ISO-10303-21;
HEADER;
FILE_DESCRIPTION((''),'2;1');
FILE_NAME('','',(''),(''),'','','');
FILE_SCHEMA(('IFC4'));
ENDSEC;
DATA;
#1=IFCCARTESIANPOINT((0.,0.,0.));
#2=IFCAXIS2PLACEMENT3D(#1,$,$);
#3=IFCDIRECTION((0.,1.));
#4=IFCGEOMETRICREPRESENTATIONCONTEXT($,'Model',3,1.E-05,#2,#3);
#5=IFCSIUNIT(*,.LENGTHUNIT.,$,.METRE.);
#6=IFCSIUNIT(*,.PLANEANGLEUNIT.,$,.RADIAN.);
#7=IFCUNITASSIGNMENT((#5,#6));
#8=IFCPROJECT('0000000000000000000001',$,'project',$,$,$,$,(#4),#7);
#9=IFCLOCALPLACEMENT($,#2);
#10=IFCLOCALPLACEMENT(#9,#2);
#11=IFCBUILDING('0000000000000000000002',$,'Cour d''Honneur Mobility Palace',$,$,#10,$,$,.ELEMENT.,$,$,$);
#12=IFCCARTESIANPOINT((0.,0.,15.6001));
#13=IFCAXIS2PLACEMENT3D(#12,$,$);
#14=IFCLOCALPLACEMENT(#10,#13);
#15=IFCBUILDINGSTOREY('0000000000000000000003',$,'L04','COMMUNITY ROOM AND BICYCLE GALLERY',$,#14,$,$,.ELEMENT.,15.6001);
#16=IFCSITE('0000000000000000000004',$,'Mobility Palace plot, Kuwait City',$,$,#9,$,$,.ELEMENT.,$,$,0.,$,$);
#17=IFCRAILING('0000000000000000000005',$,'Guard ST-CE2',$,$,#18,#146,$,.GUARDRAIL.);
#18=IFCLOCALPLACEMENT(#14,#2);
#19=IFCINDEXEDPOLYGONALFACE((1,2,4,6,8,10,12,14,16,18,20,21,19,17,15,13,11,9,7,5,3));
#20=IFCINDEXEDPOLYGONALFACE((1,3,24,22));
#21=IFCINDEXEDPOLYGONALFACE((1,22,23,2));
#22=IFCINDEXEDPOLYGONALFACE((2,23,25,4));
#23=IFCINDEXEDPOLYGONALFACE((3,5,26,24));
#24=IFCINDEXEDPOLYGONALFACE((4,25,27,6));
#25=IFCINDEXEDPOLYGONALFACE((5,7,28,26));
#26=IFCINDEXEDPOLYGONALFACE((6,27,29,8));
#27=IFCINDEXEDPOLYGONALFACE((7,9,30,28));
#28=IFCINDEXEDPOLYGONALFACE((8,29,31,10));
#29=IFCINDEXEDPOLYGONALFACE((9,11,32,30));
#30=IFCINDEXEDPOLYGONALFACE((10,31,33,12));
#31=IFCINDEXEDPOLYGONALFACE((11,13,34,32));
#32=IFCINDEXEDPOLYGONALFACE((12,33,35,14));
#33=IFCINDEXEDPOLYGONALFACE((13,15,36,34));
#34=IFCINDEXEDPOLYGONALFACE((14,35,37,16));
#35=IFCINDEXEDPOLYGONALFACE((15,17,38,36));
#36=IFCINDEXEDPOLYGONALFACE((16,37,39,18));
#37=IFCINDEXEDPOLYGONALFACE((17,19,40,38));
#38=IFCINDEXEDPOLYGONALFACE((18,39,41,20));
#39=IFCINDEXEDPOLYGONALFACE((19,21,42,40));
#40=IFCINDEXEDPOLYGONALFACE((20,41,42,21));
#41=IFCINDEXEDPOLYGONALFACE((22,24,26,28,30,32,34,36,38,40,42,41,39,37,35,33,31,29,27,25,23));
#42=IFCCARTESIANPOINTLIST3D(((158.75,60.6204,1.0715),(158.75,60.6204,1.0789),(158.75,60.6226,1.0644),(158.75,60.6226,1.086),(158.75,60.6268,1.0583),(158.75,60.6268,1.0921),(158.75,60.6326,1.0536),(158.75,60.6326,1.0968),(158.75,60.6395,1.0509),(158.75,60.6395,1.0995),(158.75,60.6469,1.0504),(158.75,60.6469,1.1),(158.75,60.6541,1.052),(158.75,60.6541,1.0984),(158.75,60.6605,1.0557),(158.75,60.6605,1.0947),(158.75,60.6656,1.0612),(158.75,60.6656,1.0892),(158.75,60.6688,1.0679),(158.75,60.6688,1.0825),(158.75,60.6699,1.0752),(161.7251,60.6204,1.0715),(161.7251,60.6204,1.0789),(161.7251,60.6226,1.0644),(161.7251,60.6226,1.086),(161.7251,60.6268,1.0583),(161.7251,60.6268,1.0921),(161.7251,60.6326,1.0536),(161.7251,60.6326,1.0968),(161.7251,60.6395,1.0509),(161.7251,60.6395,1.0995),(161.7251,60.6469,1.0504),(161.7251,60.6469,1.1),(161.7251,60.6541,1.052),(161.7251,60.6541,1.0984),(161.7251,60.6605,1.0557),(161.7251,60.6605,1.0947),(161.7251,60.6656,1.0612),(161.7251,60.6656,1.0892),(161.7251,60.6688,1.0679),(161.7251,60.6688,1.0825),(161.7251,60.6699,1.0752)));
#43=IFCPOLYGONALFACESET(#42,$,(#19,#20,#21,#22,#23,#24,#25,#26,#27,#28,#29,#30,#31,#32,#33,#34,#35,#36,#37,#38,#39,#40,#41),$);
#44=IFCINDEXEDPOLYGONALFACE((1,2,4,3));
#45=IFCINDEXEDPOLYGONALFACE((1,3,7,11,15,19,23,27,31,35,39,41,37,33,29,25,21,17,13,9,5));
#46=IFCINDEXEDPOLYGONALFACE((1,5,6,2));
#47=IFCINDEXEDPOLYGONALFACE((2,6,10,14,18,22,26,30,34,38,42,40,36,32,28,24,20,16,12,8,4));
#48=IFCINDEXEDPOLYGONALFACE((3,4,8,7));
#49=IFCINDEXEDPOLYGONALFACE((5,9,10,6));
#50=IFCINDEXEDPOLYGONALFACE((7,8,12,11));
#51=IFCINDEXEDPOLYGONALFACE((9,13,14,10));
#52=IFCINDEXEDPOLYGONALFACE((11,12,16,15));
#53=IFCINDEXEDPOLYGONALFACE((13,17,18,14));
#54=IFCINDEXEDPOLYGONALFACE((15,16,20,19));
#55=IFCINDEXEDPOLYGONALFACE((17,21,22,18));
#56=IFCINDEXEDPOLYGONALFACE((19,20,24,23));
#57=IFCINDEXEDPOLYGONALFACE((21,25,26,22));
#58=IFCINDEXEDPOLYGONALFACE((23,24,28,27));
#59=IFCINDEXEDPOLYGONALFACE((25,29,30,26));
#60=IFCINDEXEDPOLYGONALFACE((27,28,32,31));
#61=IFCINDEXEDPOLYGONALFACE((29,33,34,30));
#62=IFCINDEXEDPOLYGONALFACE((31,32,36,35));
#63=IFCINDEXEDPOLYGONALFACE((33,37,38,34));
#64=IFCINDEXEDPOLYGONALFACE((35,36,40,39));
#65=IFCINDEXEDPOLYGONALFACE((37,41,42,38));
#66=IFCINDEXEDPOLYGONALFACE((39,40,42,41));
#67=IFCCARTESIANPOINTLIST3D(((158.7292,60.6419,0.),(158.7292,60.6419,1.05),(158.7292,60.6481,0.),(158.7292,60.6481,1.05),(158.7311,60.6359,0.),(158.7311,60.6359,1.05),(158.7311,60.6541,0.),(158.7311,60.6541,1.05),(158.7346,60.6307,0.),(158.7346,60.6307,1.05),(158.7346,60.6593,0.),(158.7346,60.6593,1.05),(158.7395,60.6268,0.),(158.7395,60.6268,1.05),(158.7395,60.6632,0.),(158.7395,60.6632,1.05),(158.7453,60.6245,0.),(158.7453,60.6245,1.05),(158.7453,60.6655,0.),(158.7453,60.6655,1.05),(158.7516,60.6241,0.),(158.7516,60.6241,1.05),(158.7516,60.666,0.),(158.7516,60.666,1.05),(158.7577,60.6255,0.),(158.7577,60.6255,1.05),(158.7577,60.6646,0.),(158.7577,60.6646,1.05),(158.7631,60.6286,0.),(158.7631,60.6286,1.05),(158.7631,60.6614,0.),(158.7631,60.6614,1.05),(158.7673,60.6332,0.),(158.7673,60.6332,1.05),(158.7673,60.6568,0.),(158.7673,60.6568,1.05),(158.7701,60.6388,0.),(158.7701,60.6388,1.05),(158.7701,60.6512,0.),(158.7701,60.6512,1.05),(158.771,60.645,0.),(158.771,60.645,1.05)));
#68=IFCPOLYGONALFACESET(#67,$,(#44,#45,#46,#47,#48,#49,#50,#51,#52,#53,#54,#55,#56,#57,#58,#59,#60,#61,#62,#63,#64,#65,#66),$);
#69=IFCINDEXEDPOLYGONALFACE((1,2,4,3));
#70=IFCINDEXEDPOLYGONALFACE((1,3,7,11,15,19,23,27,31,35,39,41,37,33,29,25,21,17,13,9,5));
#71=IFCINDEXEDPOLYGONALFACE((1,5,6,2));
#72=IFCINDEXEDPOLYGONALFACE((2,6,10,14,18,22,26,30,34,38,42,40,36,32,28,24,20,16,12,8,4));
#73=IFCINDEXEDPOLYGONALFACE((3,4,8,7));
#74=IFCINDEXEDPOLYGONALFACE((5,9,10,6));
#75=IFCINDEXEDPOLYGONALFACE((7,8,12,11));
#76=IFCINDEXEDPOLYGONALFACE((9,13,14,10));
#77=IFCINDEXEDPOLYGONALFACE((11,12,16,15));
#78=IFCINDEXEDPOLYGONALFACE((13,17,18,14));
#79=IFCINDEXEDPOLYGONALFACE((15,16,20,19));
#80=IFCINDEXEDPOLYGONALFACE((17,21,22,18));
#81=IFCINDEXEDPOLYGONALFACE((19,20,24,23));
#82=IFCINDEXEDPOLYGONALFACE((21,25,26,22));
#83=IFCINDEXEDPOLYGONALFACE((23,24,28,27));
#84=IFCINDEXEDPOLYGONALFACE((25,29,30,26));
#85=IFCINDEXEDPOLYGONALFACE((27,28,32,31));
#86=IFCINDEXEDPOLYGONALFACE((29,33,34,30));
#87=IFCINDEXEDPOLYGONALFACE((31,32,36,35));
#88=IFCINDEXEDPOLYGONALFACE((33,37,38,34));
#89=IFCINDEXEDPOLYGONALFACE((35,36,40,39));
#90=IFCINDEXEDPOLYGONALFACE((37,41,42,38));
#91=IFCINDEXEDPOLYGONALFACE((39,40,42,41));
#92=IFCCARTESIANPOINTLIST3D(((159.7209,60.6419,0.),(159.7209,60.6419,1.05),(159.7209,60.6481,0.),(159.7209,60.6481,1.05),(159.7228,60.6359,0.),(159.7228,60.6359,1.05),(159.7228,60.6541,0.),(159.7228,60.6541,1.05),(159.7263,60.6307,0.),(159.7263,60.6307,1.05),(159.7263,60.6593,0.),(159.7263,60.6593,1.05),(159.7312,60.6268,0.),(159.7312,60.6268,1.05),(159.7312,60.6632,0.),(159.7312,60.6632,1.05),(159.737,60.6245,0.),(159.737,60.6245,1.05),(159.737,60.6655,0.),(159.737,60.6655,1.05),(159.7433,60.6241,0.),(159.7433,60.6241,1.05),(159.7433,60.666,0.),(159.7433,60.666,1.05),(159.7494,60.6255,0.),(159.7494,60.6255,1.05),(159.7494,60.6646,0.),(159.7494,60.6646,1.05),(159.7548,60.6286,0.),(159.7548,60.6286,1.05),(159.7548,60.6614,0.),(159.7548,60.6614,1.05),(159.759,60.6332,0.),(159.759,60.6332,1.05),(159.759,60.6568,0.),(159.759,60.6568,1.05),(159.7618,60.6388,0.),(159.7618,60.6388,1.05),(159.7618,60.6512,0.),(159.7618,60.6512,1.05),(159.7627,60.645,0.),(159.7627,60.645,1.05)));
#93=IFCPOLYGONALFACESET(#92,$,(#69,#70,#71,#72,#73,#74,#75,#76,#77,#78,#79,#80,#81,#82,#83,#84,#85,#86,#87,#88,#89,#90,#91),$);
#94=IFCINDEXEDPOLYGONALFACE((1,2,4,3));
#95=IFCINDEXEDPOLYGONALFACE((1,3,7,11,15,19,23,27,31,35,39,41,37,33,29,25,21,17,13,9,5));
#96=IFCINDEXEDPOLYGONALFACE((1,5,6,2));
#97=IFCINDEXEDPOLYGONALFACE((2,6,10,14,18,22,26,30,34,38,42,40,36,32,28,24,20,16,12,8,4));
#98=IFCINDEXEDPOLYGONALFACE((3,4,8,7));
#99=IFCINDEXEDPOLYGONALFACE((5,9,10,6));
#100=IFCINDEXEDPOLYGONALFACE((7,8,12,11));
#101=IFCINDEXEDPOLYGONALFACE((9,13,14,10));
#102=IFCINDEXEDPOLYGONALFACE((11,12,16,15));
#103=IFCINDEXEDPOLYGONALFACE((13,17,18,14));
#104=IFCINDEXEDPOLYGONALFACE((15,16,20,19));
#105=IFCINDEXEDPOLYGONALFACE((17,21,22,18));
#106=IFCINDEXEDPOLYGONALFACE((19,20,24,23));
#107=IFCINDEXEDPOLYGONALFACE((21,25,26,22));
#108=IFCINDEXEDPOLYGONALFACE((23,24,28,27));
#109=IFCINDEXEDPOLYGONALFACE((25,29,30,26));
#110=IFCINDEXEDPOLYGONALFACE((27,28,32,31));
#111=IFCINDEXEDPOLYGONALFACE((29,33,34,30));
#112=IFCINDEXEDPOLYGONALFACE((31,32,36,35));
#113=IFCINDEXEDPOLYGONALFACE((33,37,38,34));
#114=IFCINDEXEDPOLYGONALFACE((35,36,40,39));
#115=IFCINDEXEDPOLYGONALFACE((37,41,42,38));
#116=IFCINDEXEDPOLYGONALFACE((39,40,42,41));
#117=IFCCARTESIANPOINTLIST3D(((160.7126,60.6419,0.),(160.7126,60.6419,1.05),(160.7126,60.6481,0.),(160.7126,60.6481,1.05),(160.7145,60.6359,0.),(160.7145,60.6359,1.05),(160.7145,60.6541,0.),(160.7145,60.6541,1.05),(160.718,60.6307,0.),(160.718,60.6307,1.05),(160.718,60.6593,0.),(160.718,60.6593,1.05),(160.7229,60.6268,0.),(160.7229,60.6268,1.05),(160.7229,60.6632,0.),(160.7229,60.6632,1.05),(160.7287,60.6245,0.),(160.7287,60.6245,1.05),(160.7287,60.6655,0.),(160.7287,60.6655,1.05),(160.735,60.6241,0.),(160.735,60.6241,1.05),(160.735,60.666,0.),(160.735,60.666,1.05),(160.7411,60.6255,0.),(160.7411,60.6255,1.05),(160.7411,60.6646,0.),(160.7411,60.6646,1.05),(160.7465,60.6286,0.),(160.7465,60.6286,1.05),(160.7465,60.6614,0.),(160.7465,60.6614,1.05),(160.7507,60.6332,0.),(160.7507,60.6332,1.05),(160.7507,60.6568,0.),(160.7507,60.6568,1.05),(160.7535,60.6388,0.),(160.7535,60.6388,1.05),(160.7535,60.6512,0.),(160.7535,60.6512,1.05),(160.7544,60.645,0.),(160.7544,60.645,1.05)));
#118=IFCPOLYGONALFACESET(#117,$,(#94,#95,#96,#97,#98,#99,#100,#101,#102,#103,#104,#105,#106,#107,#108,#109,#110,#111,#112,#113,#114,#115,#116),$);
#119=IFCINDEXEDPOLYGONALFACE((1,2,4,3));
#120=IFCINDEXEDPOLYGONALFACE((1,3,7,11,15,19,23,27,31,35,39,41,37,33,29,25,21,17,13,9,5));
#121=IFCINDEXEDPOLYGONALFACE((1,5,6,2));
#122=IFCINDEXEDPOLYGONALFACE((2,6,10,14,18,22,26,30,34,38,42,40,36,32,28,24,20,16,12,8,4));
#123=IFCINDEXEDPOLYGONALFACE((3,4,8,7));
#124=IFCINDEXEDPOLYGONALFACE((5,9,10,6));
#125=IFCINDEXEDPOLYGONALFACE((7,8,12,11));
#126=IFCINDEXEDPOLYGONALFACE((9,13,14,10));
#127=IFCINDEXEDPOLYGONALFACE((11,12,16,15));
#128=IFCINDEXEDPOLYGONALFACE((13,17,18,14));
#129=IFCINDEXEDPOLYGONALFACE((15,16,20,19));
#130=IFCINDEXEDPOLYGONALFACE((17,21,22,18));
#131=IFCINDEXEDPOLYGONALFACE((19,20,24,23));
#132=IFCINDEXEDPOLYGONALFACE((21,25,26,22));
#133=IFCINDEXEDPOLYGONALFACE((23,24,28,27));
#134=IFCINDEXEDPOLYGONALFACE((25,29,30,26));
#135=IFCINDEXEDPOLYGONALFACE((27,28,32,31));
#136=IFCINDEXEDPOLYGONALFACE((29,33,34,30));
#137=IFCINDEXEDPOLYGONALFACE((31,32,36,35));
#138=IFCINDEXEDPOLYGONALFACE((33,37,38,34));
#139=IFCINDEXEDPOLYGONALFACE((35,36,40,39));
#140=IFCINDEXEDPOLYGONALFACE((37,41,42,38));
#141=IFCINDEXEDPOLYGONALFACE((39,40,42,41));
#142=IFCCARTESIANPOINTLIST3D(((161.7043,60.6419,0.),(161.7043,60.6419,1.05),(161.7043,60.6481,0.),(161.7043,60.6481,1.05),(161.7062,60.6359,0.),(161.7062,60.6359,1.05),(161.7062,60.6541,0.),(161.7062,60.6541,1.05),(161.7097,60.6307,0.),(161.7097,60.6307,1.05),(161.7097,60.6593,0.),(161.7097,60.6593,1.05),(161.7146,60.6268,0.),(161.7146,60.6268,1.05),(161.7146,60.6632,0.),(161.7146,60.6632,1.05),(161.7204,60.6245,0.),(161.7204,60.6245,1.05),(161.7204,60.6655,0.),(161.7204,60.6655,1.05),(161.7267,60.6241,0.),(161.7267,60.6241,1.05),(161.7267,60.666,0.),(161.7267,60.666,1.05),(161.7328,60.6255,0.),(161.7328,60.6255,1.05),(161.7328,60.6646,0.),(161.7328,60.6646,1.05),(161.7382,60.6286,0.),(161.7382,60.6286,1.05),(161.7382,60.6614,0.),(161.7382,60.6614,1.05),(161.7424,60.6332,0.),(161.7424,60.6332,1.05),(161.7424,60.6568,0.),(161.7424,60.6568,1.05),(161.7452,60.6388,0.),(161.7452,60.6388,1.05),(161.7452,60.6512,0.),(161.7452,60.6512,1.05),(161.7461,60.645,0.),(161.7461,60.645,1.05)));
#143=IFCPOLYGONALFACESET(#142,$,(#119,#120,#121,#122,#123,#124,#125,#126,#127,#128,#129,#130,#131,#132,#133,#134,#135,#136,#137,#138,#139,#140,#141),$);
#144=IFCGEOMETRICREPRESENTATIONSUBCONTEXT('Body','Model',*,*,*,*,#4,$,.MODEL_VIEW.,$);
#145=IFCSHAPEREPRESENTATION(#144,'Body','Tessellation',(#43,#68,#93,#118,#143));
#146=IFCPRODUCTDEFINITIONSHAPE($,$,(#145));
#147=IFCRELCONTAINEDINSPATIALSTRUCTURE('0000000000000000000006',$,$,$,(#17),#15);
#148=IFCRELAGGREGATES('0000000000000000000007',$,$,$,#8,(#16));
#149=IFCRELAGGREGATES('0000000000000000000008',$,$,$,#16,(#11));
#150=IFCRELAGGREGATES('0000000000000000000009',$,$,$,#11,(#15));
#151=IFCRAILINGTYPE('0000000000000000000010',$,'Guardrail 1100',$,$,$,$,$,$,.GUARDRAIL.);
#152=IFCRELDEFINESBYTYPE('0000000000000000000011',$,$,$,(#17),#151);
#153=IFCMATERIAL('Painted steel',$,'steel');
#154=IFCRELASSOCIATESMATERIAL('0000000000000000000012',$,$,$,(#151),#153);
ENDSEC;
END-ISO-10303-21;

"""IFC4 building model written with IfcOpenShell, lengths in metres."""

from ifc_helpers import new_model, si_unit, direction, frame, origin, origin_2d, place, context, subcontext, project, spatial, circle, extrude, material, type_object, element, save


model = new_model("IFC4")

# Units and contexts
model_context = context("Model", 3, precision=1e-05, world=origin(), true_north=direction((0.0, 1.0)))
body_context = subcontext(model_context, "Body", "Model", "MODEL_VIEW")
ifc_project = project(units=[si_unit("LENGTHUNIT", "METRE"), si_unit("PLANEANGLEUNIT", "RADIAN")], contexts=[model_context])

# Site, building, storey
site_placement = place(None, origin())
site = spatial("IfcSite", under=ifc_project, at=site_placement, Name="Mobility Palace plot, Kuwait City", CompositionType="ELEMENT", RefElevation=0.0)
building_placement = place(site_placement, origin())
building = spatial("IfcBuilding", under=site, at=building_placement, Name="Cour d'Honneur Mobility Palace", CompositionType="ELEMENT")
storey_placement = place(building_placement, frame((0.0, 0.0, 15.6001)))
storey = spatial("IfcBuildingStorey", under=building, at=storey_placement, Name="L04", Description="COMMUNITY ROOM AND BICYCLE GALLERY", CompositionType="ELEMENT", Elevation=15.6001)

# Railing
ifc_material_1 = material(Name="Painted steel", Category="steel")
railing_type_1 = type_object("IfcRailingType", Name="Guardrail 1100", PredefinedType="GUARDRAIL", material=ifc_material_1)
railing_1_placement = place(storey_placement, frame((158.75, 60.645, 0.0)))
element("IfcRailing", 1, at=railing_1_placement, inside=storey, type_object=railing_type_1, Name="Guard ST-CE2", PredefinedType="GUARDRAIL", context=body_context, shape_type="SweptSolid", body=[
    extrude(circle(Radius=0.0249, at=origin_2d()), frame((0.0, 0.0, 1.0752), z_axis=(1.0, 0.0, 0.0), x_axis=(0.0, 1.0, 0.0)), (0.0, 0.0, 1.0), 2.9751),
    extrude(circle(Radius=0.021, at=origin_2d()), origin(), (0.0, 0.0, 1.0), 1.05),
    extrude(circle(Radius=0.021, at=origin_2d()), frame((0.9917, 0.0, 0.0)), (0.0, 0.0, 1.0), 1.05),
    extrude(circle(Radius=0.021, at=origin_2d()), frame((1.9834, 0.0, 0.0)), (0.0, 0.0, 1.0), 1.05),
    extrude(circle(Radius=0.021, at=origin_2d()), frame((2.9751, 0.0, 0.0)), (0.0, 0.0, 1.0), 1.05),
])

save(model, "model.ifc")
